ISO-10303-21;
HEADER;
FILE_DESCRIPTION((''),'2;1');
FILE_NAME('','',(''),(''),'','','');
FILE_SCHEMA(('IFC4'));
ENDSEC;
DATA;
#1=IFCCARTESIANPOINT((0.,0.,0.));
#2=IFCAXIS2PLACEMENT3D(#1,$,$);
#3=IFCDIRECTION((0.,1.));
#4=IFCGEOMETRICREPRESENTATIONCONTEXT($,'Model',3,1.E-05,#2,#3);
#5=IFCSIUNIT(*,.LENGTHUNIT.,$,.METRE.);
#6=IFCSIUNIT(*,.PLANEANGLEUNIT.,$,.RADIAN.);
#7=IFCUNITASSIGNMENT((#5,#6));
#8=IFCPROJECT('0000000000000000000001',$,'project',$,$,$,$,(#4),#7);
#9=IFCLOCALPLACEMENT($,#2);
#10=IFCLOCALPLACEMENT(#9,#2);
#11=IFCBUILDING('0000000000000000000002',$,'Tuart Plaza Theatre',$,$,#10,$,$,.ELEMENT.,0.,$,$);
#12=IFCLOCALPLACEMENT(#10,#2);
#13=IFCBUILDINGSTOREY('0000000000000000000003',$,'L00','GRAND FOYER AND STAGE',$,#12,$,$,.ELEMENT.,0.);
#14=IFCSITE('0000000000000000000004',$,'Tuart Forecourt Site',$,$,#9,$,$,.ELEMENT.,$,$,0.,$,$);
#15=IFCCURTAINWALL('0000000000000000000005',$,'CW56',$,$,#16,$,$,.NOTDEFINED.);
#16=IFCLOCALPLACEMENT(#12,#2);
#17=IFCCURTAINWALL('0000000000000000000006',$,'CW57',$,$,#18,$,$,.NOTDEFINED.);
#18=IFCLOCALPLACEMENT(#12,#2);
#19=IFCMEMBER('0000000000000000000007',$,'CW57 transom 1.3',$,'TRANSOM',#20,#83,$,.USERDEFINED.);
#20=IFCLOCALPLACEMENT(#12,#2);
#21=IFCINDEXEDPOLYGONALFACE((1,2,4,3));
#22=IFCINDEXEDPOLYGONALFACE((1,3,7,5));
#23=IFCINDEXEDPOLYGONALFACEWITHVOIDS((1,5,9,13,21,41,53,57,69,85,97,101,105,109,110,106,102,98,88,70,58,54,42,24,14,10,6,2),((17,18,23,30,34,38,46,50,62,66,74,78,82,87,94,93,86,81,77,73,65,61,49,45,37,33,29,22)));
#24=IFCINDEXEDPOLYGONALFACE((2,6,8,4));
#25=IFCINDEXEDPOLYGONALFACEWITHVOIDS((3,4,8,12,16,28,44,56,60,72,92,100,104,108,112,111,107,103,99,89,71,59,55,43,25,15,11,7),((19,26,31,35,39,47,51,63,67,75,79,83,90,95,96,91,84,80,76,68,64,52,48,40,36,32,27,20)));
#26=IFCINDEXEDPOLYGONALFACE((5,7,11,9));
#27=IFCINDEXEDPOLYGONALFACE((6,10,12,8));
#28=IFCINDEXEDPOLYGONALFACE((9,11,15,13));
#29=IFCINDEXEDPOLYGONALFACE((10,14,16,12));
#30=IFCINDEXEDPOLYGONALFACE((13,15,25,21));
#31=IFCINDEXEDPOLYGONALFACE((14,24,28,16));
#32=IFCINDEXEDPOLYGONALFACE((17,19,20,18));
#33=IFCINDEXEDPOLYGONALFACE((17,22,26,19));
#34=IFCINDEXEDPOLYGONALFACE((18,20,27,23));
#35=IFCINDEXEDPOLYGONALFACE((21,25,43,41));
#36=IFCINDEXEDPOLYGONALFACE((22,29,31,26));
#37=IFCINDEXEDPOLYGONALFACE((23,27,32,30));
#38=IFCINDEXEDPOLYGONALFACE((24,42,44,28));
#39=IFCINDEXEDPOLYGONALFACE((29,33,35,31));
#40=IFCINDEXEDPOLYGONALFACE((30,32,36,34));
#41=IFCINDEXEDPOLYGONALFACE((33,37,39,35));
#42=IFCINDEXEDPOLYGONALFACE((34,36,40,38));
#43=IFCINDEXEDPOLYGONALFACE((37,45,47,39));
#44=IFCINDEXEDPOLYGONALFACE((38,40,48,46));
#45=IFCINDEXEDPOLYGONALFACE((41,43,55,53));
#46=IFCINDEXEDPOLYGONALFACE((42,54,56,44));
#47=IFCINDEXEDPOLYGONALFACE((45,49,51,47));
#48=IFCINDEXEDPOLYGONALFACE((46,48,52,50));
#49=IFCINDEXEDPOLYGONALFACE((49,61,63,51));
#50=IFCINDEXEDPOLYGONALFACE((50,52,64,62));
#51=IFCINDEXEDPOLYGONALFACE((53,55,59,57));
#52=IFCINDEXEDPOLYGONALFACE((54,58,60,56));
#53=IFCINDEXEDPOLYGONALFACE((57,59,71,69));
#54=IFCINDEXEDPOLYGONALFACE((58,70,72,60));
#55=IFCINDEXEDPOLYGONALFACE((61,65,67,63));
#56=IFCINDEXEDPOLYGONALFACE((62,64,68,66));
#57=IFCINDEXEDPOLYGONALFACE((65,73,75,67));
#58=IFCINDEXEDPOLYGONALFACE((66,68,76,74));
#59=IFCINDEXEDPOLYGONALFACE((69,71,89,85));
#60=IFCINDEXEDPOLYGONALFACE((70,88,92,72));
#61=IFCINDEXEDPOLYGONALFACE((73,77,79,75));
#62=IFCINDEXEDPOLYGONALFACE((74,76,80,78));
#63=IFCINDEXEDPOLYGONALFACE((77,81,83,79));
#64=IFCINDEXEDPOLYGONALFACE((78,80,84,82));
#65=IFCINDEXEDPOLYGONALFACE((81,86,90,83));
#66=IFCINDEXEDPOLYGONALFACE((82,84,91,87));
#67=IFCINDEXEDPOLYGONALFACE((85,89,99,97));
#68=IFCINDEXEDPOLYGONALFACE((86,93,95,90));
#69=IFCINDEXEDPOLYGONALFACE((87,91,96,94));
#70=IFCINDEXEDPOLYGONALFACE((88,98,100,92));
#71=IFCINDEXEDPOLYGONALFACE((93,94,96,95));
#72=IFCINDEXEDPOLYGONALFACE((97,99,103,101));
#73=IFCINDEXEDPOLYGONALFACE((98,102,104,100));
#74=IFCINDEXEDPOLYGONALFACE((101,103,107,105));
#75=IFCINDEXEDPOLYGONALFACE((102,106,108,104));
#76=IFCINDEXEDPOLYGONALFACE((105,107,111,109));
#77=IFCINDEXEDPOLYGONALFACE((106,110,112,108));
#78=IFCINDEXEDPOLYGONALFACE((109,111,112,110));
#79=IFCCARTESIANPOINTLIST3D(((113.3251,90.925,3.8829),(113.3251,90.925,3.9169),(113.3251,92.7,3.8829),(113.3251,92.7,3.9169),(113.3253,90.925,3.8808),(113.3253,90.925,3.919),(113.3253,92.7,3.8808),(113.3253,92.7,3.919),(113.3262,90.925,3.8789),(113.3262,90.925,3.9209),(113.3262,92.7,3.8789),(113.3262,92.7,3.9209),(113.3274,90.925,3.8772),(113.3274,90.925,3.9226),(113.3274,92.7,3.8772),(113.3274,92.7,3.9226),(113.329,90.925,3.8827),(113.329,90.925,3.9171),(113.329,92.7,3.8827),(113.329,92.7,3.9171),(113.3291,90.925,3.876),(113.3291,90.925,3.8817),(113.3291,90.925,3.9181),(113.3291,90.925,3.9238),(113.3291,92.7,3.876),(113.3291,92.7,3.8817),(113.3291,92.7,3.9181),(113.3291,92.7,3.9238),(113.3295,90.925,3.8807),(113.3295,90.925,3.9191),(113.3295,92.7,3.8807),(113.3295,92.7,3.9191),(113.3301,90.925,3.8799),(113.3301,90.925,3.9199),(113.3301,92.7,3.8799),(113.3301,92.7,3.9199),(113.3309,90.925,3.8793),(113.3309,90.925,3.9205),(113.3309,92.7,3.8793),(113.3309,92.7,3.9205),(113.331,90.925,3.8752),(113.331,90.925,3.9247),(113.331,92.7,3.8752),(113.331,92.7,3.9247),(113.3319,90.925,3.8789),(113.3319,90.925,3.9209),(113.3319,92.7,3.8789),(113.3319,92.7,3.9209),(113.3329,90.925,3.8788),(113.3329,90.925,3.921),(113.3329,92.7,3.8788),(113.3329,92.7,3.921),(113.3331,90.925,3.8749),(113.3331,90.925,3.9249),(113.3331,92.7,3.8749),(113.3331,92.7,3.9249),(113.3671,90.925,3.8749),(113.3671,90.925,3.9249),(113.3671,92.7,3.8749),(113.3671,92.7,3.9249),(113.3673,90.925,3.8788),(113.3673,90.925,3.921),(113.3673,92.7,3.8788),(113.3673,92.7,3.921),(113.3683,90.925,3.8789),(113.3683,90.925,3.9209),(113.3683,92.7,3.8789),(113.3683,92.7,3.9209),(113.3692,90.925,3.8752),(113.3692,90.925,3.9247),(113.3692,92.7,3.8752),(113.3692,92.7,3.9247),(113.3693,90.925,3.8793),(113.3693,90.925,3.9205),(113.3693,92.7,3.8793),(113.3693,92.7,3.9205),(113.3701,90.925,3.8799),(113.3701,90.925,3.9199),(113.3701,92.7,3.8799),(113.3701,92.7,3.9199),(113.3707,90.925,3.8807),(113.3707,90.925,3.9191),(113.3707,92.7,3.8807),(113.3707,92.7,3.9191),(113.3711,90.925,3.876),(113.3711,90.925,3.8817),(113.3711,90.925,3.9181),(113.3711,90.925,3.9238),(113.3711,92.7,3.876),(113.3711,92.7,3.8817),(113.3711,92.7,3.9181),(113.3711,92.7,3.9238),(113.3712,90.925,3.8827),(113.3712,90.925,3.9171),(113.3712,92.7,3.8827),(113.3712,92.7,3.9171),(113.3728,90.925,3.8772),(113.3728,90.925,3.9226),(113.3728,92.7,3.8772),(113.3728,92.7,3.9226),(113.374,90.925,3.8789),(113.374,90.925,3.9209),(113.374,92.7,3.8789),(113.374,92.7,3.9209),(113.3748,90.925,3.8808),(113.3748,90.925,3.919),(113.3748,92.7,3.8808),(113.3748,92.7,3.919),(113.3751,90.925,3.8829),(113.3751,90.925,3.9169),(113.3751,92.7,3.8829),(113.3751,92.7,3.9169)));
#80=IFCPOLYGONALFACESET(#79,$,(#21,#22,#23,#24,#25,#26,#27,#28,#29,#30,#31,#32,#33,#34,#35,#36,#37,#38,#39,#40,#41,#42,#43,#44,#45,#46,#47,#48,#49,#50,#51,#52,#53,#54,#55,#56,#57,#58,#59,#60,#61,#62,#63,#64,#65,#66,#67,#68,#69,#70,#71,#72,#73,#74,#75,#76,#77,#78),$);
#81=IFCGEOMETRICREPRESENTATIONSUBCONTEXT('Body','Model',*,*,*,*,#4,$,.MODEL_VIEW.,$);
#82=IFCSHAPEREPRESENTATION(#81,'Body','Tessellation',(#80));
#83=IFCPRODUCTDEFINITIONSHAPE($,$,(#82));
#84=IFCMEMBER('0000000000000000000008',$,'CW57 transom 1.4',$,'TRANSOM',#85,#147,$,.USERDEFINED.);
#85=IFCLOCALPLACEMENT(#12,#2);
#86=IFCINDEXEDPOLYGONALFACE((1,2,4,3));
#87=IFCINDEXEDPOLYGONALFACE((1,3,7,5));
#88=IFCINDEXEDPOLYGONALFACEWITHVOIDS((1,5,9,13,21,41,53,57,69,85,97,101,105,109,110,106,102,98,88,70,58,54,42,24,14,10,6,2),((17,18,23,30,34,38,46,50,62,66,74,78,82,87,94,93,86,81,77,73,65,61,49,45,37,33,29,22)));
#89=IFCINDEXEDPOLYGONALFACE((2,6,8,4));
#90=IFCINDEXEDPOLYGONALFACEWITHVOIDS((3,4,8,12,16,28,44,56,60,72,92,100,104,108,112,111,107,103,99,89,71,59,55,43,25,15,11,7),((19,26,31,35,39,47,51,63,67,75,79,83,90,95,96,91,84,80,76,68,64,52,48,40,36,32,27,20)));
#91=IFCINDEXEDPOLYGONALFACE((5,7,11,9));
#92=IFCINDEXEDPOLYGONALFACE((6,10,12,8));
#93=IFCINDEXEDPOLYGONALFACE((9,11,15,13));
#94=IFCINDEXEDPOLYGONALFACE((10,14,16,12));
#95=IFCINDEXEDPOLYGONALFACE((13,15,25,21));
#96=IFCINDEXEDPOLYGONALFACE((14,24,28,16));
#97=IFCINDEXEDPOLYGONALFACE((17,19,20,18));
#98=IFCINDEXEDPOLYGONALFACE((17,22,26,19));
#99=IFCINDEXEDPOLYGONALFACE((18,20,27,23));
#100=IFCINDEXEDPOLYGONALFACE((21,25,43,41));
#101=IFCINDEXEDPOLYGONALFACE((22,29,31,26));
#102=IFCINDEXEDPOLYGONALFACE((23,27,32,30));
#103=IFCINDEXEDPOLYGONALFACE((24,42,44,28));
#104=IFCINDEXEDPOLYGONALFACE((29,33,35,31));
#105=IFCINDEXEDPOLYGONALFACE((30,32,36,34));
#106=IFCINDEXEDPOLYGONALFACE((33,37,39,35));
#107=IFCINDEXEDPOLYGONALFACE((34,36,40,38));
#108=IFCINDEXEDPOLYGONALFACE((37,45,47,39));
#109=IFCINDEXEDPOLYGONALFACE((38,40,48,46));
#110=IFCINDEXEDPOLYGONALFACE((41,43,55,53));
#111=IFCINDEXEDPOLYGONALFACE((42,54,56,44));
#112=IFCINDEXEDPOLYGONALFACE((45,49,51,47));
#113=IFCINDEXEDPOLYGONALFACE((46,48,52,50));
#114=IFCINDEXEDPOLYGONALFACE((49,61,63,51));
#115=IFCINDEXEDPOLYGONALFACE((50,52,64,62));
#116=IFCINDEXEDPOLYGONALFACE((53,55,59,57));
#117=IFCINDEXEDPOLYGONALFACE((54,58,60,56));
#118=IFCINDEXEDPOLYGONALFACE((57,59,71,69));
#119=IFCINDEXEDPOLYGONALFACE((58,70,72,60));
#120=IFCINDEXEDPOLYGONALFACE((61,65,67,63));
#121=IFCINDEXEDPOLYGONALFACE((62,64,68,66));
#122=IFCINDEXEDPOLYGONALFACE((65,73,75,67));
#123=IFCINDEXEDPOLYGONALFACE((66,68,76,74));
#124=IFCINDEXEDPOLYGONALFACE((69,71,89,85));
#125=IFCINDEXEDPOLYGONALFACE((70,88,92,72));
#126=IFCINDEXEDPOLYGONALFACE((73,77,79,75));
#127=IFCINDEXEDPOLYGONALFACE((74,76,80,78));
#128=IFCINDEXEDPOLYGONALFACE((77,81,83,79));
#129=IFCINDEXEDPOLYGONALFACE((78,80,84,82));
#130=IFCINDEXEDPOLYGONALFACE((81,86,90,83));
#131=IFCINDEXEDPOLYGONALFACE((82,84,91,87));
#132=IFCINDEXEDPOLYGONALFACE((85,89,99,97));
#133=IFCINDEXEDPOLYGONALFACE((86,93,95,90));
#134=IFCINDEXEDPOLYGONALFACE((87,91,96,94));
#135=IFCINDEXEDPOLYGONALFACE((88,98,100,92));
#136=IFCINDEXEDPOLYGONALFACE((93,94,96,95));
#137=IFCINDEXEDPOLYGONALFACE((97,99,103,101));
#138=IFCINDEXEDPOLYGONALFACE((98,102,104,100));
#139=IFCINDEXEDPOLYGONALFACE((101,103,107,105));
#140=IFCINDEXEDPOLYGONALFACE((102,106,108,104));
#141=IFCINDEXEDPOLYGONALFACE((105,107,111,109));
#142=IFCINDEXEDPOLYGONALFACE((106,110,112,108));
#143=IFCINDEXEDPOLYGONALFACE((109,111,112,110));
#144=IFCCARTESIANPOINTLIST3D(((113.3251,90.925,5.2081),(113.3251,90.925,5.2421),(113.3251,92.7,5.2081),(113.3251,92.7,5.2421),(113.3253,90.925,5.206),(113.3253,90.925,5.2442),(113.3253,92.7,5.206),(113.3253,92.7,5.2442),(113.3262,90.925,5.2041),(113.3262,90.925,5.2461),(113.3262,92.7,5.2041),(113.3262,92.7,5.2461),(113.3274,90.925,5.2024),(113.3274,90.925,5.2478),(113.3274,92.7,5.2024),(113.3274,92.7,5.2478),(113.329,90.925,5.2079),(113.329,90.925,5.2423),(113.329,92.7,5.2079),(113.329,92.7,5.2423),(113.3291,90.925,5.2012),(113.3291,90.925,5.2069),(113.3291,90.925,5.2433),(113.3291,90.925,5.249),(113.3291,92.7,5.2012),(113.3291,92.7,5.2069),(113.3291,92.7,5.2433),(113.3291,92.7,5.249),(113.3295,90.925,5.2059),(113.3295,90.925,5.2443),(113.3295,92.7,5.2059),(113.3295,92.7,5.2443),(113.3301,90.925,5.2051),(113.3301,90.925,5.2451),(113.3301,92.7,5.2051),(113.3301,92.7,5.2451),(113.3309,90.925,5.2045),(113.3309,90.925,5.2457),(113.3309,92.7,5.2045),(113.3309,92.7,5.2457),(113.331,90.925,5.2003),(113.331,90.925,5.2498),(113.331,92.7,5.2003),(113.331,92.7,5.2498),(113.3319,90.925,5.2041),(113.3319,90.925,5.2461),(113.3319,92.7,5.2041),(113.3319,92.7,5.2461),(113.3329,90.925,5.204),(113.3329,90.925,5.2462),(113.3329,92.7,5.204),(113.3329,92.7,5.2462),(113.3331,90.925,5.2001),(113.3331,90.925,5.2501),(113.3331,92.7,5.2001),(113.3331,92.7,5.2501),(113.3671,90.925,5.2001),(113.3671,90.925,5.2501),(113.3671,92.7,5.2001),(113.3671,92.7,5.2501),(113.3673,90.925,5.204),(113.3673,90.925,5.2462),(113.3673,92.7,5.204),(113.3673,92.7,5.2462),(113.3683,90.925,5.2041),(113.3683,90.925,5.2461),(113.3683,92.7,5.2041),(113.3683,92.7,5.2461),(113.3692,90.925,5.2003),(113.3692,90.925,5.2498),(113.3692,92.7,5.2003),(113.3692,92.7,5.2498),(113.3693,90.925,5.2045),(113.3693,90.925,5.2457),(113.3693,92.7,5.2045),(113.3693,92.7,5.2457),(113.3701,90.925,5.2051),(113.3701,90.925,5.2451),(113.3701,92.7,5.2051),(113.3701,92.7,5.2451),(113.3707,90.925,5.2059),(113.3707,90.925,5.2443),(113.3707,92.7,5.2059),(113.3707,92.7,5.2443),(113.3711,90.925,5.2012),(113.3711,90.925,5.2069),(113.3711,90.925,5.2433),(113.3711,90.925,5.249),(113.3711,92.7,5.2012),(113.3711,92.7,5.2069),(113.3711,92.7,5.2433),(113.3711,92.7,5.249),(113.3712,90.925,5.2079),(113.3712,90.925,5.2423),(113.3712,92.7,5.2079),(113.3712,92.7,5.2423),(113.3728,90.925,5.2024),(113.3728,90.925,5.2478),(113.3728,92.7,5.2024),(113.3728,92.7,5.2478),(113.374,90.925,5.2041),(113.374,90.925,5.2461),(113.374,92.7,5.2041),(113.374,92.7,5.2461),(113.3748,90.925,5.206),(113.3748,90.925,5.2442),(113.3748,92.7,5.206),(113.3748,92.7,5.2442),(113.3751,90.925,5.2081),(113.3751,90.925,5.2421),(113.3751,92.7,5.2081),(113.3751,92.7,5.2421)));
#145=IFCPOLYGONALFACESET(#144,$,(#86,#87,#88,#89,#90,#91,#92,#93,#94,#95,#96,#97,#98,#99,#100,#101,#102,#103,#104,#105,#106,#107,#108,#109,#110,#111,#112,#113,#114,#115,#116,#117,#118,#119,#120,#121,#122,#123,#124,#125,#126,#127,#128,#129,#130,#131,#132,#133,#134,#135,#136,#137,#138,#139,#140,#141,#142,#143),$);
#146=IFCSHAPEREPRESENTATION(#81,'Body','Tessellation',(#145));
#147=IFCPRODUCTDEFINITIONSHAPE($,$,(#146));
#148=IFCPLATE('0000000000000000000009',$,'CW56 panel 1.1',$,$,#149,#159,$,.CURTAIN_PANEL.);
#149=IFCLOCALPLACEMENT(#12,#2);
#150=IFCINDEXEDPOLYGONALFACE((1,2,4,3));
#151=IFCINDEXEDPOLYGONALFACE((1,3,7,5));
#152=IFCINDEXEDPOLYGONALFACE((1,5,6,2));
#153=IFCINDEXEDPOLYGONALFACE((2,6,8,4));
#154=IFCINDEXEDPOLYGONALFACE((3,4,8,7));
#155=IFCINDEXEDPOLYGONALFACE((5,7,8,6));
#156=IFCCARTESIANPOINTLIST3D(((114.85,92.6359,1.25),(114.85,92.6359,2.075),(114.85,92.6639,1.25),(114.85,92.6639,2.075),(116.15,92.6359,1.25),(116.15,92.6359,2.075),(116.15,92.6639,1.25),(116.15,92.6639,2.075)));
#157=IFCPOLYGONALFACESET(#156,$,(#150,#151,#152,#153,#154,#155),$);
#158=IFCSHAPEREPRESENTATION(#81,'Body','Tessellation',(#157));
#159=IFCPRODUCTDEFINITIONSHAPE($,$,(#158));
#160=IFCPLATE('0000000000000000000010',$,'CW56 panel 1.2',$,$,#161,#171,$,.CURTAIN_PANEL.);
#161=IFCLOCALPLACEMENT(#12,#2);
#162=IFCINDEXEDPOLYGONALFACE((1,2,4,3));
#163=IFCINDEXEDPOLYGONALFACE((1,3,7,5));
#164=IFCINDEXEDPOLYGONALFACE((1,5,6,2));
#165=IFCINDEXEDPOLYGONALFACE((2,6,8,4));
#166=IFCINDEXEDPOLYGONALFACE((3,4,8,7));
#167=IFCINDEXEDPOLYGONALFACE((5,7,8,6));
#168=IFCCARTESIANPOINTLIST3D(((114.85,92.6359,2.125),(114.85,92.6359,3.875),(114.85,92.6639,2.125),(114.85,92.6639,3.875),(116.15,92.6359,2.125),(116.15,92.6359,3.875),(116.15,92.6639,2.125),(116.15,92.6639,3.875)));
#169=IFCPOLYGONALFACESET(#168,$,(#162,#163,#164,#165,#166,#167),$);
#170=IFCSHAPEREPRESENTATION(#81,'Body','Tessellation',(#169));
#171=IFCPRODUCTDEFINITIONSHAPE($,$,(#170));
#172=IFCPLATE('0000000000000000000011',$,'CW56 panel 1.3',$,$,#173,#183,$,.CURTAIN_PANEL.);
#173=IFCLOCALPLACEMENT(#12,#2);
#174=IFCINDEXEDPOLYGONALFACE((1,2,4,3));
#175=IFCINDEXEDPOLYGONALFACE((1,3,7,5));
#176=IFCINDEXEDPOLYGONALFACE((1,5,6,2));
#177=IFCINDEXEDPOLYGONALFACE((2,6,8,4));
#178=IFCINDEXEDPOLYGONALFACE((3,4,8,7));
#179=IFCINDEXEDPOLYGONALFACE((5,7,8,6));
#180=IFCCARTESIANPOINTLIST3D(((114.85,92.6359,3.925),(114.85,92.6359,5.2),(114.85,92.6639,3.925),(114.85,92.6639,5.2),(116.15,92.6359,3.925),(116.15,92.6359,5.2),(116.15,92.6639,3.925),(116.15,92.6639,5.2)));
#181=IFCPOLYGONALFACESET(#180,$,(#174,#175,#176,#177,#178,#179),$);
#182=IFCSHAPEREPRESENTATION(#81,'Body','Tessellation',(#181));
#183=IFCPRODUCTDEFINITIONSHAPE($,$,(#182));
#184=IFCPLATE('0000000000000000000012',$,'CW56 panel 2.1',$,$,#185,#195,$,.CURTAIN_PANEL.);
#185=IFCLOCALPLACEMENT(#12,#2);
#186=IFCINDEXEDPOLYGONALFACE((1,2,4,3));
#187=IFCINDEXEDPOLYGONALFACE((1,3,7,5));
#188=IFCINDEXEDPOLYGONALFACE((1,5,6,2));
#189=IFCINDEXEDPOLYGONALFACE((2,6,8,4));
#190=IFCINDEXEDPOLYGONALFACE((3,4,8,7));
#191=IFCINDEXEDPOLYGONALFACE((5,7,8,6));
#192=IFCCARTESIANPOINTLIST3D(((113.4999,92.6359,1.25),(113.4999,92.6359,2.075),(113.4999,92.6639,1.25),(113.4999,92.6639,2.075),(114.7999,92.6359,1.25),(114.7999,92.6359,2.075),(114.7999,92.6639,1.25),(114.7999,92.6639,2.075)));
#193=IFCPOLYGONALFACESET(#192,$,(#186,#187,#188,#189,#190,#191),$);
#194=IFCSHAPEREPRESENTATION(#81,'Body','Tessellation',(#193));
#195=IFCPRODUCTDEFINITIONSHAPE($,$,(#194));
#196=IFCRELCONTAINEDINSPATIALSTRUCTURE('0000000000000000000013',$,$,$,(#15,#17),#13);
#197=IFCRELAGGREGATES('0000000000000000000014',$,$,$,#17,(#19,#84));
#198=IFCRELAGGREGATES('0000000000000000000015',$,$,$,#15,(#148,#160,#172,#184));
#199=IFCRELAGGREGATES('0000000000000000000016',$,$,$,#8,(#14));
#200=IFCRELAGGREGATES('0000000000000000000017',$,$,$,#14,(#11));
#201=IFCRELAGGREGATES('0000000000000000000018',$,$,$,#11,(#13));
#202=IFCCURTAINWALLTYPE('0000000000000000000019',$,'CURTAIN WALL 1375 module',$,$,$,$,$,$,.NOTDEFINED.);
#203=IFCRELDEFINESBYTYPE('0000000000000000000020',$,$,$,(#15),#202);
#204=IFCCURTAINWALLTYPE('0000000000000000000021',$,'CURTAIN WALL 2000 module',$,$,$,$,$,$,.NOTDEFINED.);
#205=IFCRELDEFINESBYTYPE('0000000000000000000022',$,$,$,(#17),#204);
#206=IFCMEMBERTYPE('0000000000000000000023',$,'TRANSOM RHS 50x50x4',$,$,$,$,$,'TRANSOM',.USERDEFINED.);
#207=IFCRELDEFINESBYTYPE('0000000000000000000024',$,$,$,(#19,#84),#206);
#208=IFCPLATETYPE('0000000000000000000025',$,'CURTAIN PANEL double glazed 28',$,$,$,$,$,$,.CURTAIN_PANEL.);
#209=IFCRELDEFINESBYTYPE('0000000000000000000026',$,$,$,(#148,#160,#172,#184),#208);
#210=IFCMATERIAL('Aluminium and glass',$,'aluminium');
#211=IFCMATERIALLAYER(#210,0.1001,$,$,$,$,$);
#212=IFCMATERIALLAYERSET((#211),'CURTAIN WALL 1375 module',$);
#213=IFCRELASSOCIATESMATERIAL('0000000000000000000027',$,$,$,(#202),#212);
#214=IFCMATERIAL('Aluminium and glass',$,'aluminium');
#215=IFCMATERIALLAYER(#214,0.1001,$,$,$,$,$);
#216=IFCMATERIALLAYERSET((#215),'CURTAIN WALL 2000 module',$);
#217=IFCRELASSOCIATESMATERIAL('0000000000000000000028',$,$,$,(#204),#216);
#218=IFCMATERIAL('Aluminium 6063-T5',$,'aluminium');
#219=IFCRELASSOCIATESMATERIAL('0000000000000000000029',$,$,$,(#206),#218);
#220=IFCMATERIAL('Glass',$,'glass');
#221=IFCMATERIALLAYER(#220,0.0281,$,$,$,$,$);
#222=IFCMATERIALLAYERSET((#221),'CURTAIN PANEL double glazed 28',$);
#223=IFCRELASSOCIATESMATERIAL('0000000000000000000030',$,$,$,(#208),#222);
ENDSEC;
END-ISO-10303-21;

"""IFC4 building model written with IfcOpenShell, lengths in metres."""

from ifc_helpers import new_model, si_unit, direction, frame, origin, origin_2d, place, context, subcontext, project, spatial, rectangle, hollow_rectangle, extrude, material, layer, layer_set, material_profile, profile_set, type_object, element, aggregate, save


model = new_model("IFC4")

# Units and contexts
model_context = context("Model", 3, precision=1e-05, world=origin(), true_north=direction((0.0, 1.0)))
body_context = subcontext(model_context, "Body", "Model", "MODEL_VIEW")
ifc_project = project(units=[si_unit("LENGTHUNIT", "METRE"), si_unit("PLANEANGLEUNIT", "RADIAN")], contexts=[model_context])

# Site, building, storey
site_placement = place(None, origin())
site = spatial("IfcSite", under=ifc_project, at=site_placement, Name="Tuart Forecourt Site", CompositionType="ELEMENT", RefElevation=0.0)
building_placement = place(site_placement, origin())
building = spatial("IfcBuilding", under=site, at=building_placement, Name="Tuart Plaza Theatre", CompositionType="ELEMENT", ElevationOfRefHeight=0.0)
storey_placement = place(building_placement, origin())
storey = spatial("IfcBuildingStorey", under=building, at=storey_placement, Name="L00", Description="GRAND FOYER AND STAGE", CompositionType="ELEMENT", Elevation=0.0)

# Curtain walls
ifc_material_1 = material(Name="Aluminium and glass", Category="aluminium")
ifc_layer_1 = layer(ifc_material_1, 0.1001)
ifc_layer_set_1 = layer_set([ifc_layer_1], Name="CURTAIN WALL 1375 module")
curtain_wall_type_1 = type_object("IfcCurtainWallType", Name="CURTAIN WALL 1375 module", PredefinedType="NOTDEFINED", material=ifc_layer_set_1)
curtain_wall_1_placement = place(storey_placement, origin())
curtain_wall_1 = element("IfcCurtainWall", 1, at=curtain_wall_1_placement, inside=storey, type_object=curtain_wall_type_1, Name="CW56", PredefinedType="NOTDEFINED")
ifc_material_2 = material(Name="Aluminium and glass", Category="aluminium")
ifc_layer_2 = layer(ifc_material_2, 0.1001)
ifc_layer_set_2 = layer_set([ifc_layer_2], Name="CURTAIN WALL 2000 module")
curtain_wall_type_2 = type_object("IfcCurtainWallType", Name="CURTAIN WALL 2000 module", PredefinedType="NOTDEFINED", material=ifc_layer_set_2)
curtain_wall_2_placement = place(storey_placement, origin())
curtain_wall_2 = element("IfcCurtainWall", 2, at=curtain_wall_2_placement, inside=storey, type_object=curtain_wall_type_2, Name="CW57", PredefinedType="NOTDEFINED")

# Members
ifc_material_3 = material(Name="Aluminium 6063-T5", Category="aluminium")
ifc_material_profile_1 = material_profile(ifc_material_3, hollow_rectangle(XDim=0.05, YDim=0.05, WallThickness=0.0039, InnerFilletRadius=0.0039, OuterFilletRadius=0.0081, at=origin_2d()), Name="RHS 50x50x4")
ifc_profile_set_1 = profile_set([ifc_material_profile_1], Name="Aluminium 6063-T5")
member_type_1 = type_object("IfcMemberType", Name="TRANSOM RHS 50x50x4", ElementType="TRANSOM", PredefinedType="USERDEFINED", material=ifc_profile_set_1)
member_1_placement = place(storey_placement, frame((113.3501, 92.7, 3.8999), z_axis=(0.0, -1.0, 0.0), x_axis=(1.0, 0.0, 0.0)))
member_1 = element("IfcMember", 3, at=member_1_placement, type_object=member_type_1, Name="CW57 transom 1.3", ObjectType="TRANSOM", PredefinedType="USERDEFINED", context=body_context, shape_type="SweptSolid", body=[
    extrude(hollow_rectangle(XDim=0.05, YDim=0.05, WallThickness=0.0039, InnerFilletRadius=0.0039, OuterFilletRadius=0.0081, at=origin_2d()), origin(), (0.0, 0.0, 1.0), 1.7749),
])
member_2_placement = place(storey_placement, frame((113.3501, 92.7, 5.2251), z_axis=(0.0, -1.0, 0.0), x_axis=(1.0, 0.0, 0.0)))
member_2 = element("IfcMember", 4, at=member_2_placement, type_object=member_type_1, Name="CW57 transom 1.4", ObjectType="TRANSOM", PredefinedType="USERDEFINED", context=body_context, shape_type="SweptSolid", body=[
    extrude(hollow_rectangle(XDim=0.05, YDim=0.05, WallThickness=0.0039, InnerFilletRadius=0.0039, OuterFilletRadius=0.0081, at=origin_2d()), origin(), (0.0, 0.0, 1.0), 1.7749),
])
aggregate(curtain_wall_2, [member_1, member_2])

# Plates
ifc_material_4 = material(Name="Glass", Category="glass")
ifc_layer_3 = layer(ifc_material_4, 0.0281)
ifc_layer_set_3 = layer_set([ifc_layer_3], Name="CURTAIN PANEL double glazed 28")
plate_type = type_object("IfcPlateType", Name="CURTAIN PANEL double glazed 28", PredefinedType="CURTAIN_PANEL", material=ifc_layer_set_3)
plate_1_placement = place(storey_placement, frame((115.5, 92.6499, 1.25), z_axis=(0.0, 0.0, 1.0), x_axis=(-1.0, 0.0, 0.0)))
plate_1 = element("IfcPlate", 5, at=plate_1_placement, type_object=plate_type, Name="CW56 panel 1.1", PredefinedType="CURTAIN_PANEL", context=body_context, shape_type="SweptSolid", body=[
    extrude(rectangle(XDim=1.3, YDim=0.0281, at=origin_2d()), origin(), (0.0, 0.0, 1.0), 0.825),
])
plate_2_placement = place(storey_placement, frame((115.5, 92.6499, 2.125), z_axis=(0.0, 0.0, 1.0), x_axis=(-1.0, 0.0, 0.0)))
plate_2 = element("IfcPlate", 6, at=plate_2_placement, type_object=plate_type, Name="CW56 panel 1.2", PredefinedType="CURTAIN_PANEL", context=body_context, shape_type="SweptSolid", body=[
    extrude(rectangle(XDim=1.3, YDim=0.0281, at=origin_2d()), origin(), (0.0, 0.0, 1.0), 1.75),
])
plate_3_placement = place(storey_placement, frame((115.5, 92.6499, 3.925), z_axis=(0.0, 0.0, 1.0), x_axis=(-1.0, 0.0, 0.0)))
plate_3 = element("IfcPlate", 7, at=plate_3_placement, type_object=plate_type, Name="CW56 panel 1.3", PredefinedType="CURTAIN_PANEL", context=body_context, shape_type="SweptSolid", body=[
    extrude(rectangle(XDim=1.3, YDim=0.0281, at=origin_2d()), origin(), (0.0, 0.0, 1.0), 1.2749),
])
plate_4_placement = place(storey_placement, frame((114.1499, 92.6499, 1.25), z_axis=(0.0, 0.0, 1.0), x_axis=(-1.0, 0.0, 0.0)))
plate_4 = element("IfcPlate", 8, at=plate_4_placement, type_object=plate_type, Name="CW56 panel 2.1", PredefinedType="CURTAIN_PANEL", context=body_context, shape_type="SweptSolid", body=[
    extrude(rectangle(XDim=1.3, YDim=0.0281, at=origin_2d()), origin(), (0.0, 0.0, 1.0), 0.825),
])
aggregate(curtain_wall_1, [plate_1, plate_2, plate_3, plate_4])

save(model, "model.ifc")
